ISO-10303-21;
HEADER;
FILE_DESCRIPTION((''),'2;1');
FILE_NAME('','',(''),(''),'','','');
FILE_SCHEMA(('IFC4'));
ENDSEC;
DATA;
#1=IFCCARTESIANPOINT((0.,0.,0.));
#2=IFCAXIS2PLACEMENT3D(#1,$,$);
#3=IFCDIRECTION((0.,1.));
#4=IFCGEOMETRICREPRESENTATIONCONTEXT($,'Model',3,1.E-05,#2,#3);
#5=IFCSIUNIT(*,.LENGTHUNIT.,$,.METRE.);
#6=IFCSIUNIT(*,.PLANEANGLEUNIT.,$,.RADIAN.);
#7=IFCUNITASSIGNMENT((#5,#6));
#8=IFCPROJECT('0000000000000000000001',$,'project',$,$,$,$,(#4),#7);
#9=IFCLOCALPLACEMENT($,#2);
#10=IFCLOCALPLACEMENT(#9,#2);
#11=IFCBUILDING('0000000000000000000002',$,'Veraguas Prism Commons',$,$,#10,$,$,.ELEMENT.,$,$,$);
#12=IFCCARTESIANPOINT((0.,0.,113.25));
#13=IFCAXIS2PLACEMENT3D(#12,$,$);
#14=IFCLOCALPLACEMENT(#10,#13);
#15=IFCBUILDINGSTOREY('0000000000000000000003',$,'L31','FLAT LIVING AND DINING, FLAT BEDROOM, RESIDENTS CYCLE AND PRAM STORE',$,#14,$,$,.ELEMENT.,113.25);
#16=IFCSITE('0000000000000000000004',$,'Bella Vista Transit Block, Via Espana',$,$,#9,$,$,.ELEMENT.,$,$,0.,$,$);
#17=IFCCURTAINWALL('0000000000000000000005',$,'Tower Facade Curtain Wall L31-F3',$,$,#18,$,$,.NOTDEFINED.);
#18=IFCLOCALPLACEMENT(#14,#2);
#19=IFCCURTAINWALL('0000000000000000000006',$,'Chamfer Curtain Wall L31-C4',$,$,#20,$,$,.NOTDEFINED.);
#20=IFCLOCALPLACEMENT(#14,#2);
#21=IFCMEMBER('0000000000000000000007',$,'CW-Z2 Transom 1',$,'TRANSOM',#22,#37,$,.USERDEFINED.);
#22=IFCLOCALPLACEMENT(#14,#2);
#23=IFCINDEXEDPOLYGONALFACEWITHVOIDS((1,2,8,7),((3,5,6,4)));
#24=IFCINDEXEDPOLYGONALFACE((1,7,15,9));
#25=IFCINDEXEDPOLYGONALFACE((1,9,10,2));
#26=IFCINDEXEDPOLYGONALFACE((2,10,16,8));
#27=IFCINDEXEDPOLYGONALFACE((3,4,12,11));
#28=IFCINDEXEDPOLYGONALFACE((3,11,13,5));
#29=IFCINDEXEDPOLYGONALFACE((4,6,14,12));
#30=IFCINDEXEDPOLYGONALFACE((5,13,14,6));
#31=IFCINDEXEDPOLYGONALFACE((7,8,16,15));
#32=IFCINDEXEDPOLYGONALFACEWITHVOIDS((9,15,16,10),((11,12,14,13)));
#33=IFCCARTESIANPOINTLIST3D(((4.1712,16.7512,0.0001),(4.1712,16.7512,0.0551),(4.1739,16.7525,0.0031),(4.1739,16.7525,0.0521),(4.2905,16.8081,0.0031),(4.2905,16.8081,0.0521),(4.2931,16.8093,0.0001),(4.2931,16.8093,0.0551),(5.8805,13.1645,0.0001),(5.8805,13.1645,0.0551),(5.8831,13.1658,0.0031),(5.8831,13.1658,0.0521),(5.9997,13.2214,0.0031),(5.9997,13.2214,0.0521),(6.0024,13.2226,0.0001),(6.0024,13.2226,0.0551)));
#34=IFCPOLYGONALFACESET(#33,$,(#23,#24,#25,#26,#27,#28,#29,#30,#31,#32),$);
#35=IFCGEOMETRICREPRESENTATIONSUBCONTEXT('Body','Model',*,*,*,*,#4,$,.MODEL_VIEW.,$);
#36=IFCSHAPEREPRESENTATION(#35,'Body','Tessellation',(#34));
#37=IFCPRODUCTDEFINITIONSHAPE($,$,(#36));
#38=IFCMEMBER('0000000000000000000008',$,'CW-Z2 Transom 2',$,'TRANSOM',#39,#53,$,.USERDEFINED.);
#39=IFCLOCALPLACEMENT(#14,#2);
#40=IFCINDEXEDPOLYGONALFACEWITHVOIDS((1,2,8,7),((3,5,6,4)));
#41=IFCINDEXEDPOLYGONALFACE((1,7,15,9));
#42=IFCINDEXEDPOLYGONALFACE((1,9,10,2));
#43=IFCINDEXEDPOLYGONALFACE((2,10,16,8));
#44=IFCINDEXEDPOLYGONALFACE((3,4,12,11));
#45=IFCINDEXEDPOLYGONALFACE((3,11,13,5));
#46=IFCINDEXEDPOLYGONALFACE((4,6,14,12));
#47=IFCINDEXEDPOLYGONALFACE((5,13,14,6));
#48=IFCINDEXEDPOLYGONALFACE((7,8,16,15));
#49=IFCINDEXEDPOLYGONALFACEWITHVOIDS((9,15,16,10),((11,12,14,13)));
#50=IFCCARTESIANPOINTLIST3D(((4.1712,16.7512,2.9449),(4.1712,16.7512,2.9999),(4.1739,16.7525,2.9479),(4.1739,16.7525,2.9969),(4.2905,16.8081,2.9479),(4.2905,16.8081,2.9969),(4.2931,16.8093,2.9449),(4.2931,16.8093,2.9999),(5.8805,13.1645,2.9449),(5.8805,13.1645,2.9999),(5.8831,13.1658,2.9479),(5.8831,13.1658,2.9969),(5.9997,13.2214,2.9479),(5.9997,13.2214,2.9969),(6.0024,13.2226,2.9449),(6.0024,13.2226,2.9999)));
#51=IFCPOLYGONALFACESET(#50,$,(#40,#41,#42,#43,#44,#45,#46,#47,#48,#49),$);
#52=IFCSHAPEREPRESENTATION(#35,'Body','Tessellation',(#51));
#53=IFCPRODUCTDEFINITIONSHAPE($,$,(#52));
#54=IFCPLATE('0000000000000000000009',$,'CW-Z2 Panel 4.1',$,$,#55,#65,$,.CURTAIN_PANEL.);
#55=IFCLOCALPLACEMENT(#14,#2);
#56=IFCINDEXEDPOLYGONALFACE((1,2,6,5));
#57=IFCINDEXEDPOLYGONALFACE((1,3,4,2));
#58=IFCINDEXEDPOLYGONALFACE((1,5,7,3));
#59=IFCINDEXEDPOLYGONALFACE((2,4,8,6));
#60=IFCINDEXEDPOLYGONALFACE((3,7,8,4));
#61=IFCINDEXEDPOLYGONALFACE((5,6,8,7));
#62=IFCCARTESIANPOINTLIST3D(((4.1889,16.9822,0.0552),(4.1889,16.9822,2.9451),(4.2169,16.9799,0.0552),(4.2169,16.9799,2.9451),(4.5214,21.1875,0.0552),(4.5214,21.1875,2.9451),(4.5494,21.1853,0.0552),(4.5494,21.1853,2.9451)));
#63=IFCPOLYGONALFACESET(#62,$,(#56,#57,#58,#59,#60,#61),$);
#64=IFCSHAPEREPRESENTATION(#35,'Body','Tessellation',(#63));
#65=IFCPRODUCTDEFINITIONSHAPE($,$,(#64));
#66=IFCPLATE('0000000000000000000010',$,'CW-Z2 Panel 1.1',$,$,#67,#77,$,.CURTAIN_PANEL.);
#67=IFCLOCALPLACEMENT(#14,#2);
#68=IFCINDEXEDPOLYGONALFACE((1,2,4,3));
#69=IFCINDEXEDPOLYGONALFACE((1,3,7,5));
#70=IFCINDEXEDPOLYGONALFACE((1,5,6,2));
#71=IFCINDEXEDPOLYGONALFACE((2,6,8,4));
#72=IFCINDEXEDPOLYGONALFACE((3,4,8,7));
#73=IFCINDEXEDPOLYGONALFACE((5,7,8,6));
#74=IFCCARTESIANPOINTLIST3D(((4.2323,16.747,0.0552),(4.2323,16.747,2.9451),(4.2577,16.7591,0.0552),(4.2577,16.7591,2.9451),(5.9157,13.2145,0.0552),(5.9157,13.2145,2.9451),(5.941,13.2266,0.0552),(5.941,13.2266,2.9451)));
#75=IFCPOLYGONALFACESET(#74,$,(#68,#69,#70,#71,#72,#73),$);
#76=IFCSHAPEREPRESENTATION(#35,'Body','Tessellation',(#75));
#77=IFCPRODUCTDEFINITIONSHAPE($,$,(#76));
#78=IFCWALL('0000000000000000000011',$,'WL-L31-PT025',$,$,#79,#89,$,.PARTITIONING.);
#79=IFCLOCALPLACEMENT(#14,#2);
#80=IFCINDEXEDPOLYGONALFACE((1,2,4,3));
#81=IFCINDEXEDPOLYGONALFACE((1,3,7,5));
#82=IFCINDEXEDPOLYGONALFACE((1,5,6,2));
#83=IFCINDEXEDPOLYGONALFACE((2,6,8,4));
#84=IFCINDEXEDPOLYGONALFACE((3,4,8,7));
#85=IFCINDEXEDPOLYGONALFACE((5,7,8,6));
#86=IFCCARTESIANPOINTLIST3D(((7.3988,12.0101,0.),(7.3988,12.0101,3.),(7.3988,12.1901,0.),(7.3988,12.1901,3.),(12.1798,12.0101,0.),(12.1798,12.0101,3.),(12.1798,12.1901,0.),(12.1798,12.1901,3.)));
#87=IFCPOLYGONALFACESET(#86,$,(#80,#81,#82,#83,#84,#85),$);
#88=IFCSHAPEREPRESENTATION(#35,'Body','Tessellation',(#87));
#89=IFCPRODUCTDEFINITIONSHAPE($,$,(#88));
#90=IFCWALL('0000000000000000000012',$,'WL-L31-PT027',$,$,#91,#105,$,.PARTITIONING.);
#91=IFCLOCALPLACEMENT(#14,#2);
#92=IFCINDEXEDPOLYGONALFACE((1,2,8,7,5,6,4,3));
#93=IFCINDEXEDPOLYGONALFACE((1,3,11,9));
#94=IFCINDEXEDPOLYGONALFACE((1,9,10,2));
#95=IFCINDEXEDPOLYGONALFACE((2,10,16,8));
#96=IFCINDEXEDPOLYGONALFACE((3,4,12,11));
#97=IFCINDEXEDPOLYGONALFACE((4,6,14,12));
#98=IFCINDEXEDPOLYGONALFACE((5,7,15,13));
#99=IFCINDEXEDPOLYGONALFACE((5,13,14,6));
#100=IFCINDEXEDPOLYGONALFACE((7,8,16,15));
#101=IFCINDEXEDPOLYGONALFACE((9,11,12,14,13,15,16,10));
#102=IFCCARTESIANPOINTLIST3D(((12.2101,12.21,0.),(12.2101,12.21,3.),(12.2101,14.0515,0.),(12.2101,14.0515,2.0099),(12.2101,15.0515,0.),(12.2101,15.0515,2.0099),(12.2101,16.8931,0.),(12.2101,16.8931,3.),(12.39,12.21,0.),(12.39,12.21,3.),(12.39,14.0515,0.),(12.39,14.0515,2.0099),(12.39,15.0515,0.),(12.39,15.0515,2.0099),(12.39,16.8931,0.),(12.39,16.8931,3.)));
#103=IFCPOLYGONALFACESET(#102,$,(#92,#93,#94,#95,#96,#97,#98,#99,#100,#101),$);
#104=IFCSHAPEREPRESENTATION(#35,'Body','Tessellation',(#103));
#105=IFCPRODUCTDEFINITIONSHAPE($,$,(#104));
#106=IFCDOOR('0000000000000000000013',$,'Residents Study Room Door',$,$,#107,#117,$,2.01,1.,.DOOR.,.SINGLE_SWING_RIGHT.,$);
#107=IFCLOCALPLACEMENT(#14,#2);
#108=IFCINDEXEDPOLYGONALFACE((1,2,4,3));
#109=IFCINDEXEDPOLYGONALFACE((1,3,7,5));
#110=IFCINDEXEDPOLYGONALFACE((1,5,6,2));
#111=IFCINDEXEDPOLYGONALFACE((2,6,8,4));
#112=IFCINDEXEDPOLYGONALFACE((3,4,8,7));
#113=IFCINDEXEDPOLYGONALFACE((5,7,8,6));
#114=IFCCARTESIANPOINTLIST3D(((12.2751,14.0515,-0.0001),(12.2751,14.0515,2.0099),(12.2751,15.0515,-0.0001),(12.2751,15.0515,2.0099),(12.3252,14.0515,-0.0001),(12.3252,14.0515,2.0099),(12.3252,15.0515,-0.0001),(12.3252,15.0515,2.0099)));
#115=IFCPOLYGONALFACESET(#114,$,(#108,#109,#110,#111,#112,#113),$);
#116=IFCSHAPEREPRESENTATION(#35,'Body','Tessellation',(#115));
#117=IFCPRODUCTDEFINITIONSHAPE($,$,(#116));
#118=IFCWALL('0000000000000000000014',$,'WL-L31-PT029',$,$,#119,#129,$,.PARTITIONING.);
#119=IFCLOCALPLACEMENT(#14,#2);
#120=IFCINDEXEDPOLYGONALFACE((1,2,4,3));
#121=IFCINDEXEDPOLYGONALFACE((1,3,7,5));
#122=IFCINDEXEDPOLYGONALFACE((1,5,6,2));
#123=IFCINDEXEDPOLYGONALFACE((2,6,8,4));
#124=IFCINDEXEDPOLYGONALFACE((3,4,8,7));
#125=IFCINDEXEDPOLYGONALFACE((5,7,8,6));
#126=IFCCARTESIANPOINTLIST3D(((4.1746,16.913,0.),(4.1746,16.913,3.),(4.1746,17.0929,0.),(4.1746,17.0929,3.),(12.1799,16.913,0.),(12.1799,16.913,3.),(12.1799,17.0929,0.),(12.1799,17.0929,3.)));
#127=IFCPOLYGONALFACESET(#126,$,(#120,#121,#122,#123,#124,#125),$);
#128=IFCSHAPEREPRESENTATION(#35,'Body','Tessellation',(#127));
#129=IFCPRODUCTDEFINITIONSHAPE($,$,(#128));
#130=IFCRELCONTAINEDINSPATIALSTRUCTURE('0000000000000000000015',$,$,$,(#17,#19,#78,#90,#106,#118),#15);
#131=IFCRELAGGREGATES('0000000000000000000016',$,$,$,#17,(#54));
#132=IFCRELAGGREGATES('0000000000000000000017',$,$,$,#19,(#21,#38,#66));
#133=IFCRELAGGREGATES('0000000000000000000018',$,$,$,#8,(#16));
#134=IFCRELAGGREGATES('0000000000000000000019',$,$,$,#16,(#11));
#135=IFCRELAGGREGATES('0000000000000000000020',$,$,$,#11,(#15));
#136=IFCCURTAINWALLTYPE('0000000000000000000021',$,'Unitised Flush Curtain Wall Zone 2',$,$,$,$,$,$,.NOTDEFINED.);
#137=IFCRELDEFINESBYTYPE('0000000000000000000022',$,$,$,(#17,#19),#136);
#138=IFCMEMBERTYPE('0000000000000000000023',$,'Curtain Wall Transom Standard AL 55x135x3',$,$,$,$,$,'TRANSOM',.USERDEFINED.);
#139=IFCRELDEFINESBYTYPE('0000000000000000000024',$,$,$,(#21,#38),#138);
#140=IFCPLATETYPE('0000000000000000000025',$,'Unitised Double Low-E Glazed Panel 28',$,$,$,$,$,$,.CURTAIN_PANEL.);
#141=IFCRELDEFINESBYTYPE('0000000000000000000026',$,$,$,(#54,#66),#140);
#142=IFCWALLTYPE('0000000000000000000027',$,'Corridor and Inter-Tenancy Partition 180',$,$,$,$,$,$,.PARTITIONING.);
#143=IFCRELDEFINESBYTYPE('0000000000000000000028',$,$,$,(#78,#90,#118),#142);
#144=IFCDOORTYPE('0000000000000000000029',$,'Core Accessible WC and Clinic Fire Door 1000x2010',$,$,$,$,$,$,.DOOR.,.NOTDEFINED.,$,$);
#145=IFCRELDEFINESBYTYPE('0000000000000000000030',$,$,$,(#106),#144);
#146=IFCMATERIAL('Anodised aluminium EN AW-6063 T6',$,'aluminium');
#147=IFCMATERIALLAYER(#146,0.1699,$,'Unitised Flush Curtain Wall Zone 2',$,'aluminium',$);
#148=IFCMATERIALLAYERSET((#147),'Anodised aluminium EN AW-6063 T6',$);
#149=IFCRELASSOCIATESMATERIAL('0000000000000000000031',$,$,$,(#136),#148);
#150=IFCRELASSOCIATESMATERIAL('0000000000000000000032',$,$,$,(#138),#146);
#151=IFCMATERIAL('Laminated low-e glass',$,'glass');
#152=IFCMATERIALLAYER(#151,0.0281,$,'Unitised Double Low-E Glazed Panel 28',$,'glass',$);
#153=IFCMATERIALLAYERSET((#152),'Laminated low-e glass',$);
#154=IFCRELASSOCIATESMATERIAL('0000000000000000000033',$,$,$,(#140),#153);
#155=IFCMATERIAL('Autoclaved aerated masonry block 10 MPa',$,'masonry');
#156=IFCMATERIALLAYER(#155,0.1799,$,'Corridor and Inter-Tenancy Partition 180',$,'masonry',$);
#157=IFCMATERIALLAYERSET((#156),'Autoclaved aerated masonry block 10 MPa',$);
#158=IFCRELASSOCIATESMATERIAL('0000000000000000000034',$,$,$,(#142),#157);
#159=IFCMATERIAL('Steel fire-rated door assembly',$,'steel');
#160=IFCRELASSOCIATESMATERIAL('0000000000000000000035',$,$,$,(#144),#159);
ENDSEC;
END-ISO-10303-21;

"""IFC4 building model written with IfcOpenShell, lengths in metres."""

from ifc_helpers import new_model, si_unit, direction, frame, frame_2d, origin, origin_2d, place, context, subcontext, project, spatial, rectangle, hollow_rectangle, extrude, source, transform, mapped, material, layer, layer_set, material_profile, profile_set, type_object, element, fill, aggregate, save


model = new_model("IFC4")

# Units and contexts
model_context = context("Model", 3, precision=1e-05, world=origin(), true_north=direction((0.0, 1.0)))
body_context = subcontext(model_context, "Body", "Model", "MODEL_VIEW")
ifc_project = project(units=[si_unit("LENGTHUNIT", "METRE"), si_unit("PLANEANGLEUNIT", "RADIAN")], contexts=[model_context])

# Site, building, storey
site_placement = place(None, origin())
site = spatial("IfcSite", under=ifc_project, at=site_placement, Name="Bella Vista Transit Block, Via Espana", CompositionType="ELEMENT", RefElevation=0.0)
building_placement = place(site_placement, origin())
building = spatial("IfcBuilding", under=site, at=building_placement, Name="Veraguas Prism Commons", CompositionType="ELEMENT")
storey_placement = place(building_placement, frame((0.0, 0.0, 113.25)))
storey = spatial("IfcBuildingStorey", under=building, at=storey_placement, Name="L31", Description="FLAT LIVING AND DINING, FLAT BEDROOM, RESIDENTS CYCLE AND PRAM STORE", CompositionType="ELEMENT", Elevation=113.25)

# Curtain wall
ifc_material_1 = material(Name="Anodised aluminium EN AW-6063 T6", Category="aluminium")
ifc_layer_1 = layer(ifc_material_1, 0.1699, Name="Unitised Flush Curtain Wall Zone 2", Category="aluminium")
ifc_layer_set_1 = layer_set([ifc_layer_1], Name="Anodised aluminium EN AW-6063 T6")
curtain_wall_type = type_object("IfcCurtainWallType", Name="Unitised Flush Curtain Wall Zone 2", PredefinedType="NOTDEFINED", material=ifc_layer_set_1)
curtain_wall_1_placement = place(storey_placement, origin())
curtain_wall_1 = element("IfcCurtainWall", 1, at=curtain_wall_1_placement, inside=storey, type_object=curtain_wall_type, Name="Tower Facade Curtain Wall L31-F3", PredefinedType="NOTDEFINED")

# Curtain wall
curtain_wall_2_placement = place(storey_placement, origin())
curtain_wall_2 = element("IfcCurtainWall", 2, at=curtain_wall_2_placement, inside=storey, type_object=curtain_wall_type, Name="Chamfer Curtain Wall L31-C4", PredefinedType="NOTDEFINED")

# Members
ifc_material_profile_1 = material_profile(ifc_material_1, hollow_rectangle(XDim=0.0549, YDim=0.135, WallThickness=0.0029, at=origin_2d()), Name="AL55X135X3")
ifc_profile_set_1 = profile_set([ifc_material_profile_1], Name="Anodised aluminium EN AW-6063 T6")
member_type_1 = type_object("IfcMemberType", Name="Curtain Wall Transom Standard AL 55x135x3", ElementType="TRANSOM", PredefinedType="USERDEFINED", material=ifc_profile_set_1)
shared_shape_1 = source(origin(), body_context, "Body", "SweptSolid", [
    extrude(hollow_rectangle(XDim=0.0549, YDim=0.135, WallThickness=0.0029, at=origin_2d()), origin(), (0.0, 0.0, 1.0), 3.9731),
])
member_1_placement = place(storey_placement, frame((4.2322, 16.7803, 0.0276), z_axis=(0.430198, -0.902734, 0.0), x_axis=(0.0, 0.0, 1.0)))
member_1 = element("IfcMember", 3, at=member_1_placement, type_object=member_type_1, Name="CW-Z2 Transom 1", ObjectType="TRANSOM", PredefinedType="USERDEFINED", context=body_context, shape_type="MappedRepresentation", body=[
    mapped(shared_shape_1, transform((0.0, 0.0, 0.0), scale=1.0)),
])
member_2_placement = place(storey_placement, frame((4.2322, 16.7803, 2.9724), z_axis=(0.430198, -0.902734, 0.0), x_axis=(0.0, 0.0, 1.0)))
member_2 = element("IfcMember", 4, at=member_2_placement, type_object=member_type_1, Name="CW-Z2 Transom 2", ObjectType="TRANSOM", PredefinedType="USERDEFINED", context=body_context, shape_type="MappedRepresentation", body=[
    mapped(shared_shape_1, transform((0.0, 0.0, 0.0), scale=1.0)),
])

# Plates
ifc_material_2 = material(Name="Laminated low-e glass", Category="glass")
ifc_layer_2 = layer(ifc_material_2, 0.0281, Name="Unitised Double Low-E Glazed Panel 28", Category="glass")
ifc_layer_set_2 = layer_set([ifc_layer_2], Name="Laminated low-e glass")
plate_type = type_object("IfcPlateType", Name="Unitised Double Low-E Glazed Panel 28", PredefinedType="CURTAIN_PANEL", material=ifc_layer_set_2)
shared_shape_2 = source(origin(), body_context, "Body", "SweptSolid", [
    extrude(rectangle(XDim=4.2185, YDim=0.0281, at=origin_2d()), origin(), (0.0, 0.0, 1.0), 2.8899),
])
plate_1_placement = place(storey_placement, frame((4.3691, 19.0837, 0.0552), z_axis=(0.0, 0.0, 1.0), x_axis=(-0.078807, -0.99689, 0.0)))
plate_1 = element("IfcPlate", 5, at=plate_1_placement, type_object=plate_type, Name="CW-Z2 Panel 4.1", PredefinedType="CURTAIN_PANEL", context=body_context, shape_type="MappedRepresentation", body=[
    mapped(shared_shape_2, transform((0.0, 0.0, 0.0), scale=1.0)),
])
aggregate(curtain_wall_1, [plate_1])
shared_shape_3 = source(origin(), body_context, "Body", "SweptSolid", [
    extrude(rectangle(XDim=3.9131, YDim=0.0281, at=origin_2d()), origin(), (0.0, 0.0, 1.0), 2.8899),
])
plate_2_placement = place(storey_placement, frame((5.0867, 14.9868, 0.0552), z_axis=(0.0, 0.0, 1.0), x_axis=(0.430193, -0.902737, 0.0)))
plate_2 = element("IfcPlate", 6, at=plate_2_placement, type_object=plate_type, Name="CW-Z2 Panel 1.1", PredefinedType="CURTAIN_PANEL", context=body_context, shape_type="MappedRepresentation", body=[
    mapped(shared_shape_3, transform((0.0, 0.0, 0.0), scale=1.0)),
])
aggregate(curtain_wall_2, [member_1, member_2, plate_2])

# Wall
ifc_material_3 = material(Name="Autoclaved aerated masonry block 10 MPa", Category="masonry")
ifc_layer_3 = layer(ifc_material_3, 0.1799, Name="Corridor and Inter-Tenancy Partition 180", Category="masonry")
ifc_layer_set_3 = layer_set([ifc_layer_3], Name="Autoclaved aerated masonry block 10 MPa")
wall_type = type_object("IfcWallType", Name="Corridor and Inter-Tenancy Partition 180", PredefinedType="PARTITIONING", material=ifc_layer_set_3)
wall_1_placement = place(storey_placement, frame((12.1799, 12.1001, 0.0), z_axis=(0.0, 0.0, 1.0), x_axis=(-1.0, 0.0, 0.0)))
element("IfcWall", 7, at=wall_1_placement, inside=storey, type_object=wall_type, Name="WL-L31-PT025", PredefinedType="PARTITIONING", context=body_context, shape_type="SweptSolid", body=[
    extrude(rectangle(XDim=4.781, YDim=0.1799, at=frame_2d((2.3906, 0.0))), origin(), (0.0, 0.0, 1.0), 3.0),
])

# Wall, opening, door
wall_2_placement = place(storey_placement, frame((12.3, 12.21, 0.0), z_axis=(0.0, 0.0, 1.0), x_axis=(0.0, 1.0, 0.0)))
wall_2 = element("IfcWall", 8, at=wall_2_placement, inside=storey, type_object=wall_type, Name="WL-L31-PT027", PredefinedType="PARTITIONING", context=body_context, shape_type="SweptSolid", body=[
    extrude(rectangle(XDim=4.6831, YDim=0.1799, at=frame_2d((2.3416, 0.0))), origin(), (0.0, 0.0, 1.0), 3.0),
])
opening_placement = place(wall_2_placement, frame((1.8416, 0.0, 0.0)))
opening = element("IfcOpeningElement", 9, at=opening_placement, cuts=wall_2, PredefinedType="OPENING", context=body_context, shape_type="SweptSolid", body=[
    extrude(rectangle(XDim=1.0, YDim=2.01, at=frame_2d((0.5, 1.0049))), frame((0.0, 0.0999, 0.0), z_axis=(0.0, -1.0, 0.0), x_axis=(1.0, 0.0, 0.0)), (0.0, 0.0, 1.0), 0.2),
])
ifc_material_4 = material(Name="Steel fire-rated door assembly", Category="steel")
door_type = type_object("IfcDoorType", Name="Core Accessible WC and Clinic Fire Door 1000x2010", OperationType="NOTDEFINED", PredefinedType="DOOR", material=ifc_material_4)
shared_shape_4 = source(origin(), body_context, "Body", "SweptSolid", [
    extrude(rectangle(XDim=1.0, YDim=2.01, at=frame_2d((0.5, 1.0049))), frame((0.0, 0.0249, 0.0), z_axis=(0.0, -1.0, 0.0), x_axis=(1.0, 0.0, 0.0)), (0.0, 0.0, 1.0), 0.05),
])
door_placement = place(opening_placement, origin())
door = element("IfcDoor", 10, at=door_placement, inside=storey, type_object=door_type, Name="Residents Study Room Door", OperationType="SINGLE_SWING_RIGHT", OverallHeight=2.01, OverallWidth=1.0, PredefinedType="DOOR", context=body_context, shape_type="MappedRepresentation", body=[
    mapped(shared_shape_4, transform((0.0, 0.0, 0.0), scale=1.0)),
])
fill(opening, door)

# Wall
wall_3_placement = place(storey_placement, frame((12.1799, 17.0029, 0.0), z_axis=(0.0, 0.0, 1.0), x_axis=(-1.0, 0.0, 0.0)))
element("IfcWall", 11, at=wall_3_placement, inside=storey, type_object=wall_type, Name="WL-L31-PT029", PredefinedType="PARTITIONING", context=body_context, shape_type="SweptSolid", body=[
    extrude(rectangle(XDim=8.0054, YDim=0.1799, at=frame_2d((4.0027, 0.0))), origin(), (0.0, 0.0, 1.0), 3.0),
])

save(model, "model.ifc")
